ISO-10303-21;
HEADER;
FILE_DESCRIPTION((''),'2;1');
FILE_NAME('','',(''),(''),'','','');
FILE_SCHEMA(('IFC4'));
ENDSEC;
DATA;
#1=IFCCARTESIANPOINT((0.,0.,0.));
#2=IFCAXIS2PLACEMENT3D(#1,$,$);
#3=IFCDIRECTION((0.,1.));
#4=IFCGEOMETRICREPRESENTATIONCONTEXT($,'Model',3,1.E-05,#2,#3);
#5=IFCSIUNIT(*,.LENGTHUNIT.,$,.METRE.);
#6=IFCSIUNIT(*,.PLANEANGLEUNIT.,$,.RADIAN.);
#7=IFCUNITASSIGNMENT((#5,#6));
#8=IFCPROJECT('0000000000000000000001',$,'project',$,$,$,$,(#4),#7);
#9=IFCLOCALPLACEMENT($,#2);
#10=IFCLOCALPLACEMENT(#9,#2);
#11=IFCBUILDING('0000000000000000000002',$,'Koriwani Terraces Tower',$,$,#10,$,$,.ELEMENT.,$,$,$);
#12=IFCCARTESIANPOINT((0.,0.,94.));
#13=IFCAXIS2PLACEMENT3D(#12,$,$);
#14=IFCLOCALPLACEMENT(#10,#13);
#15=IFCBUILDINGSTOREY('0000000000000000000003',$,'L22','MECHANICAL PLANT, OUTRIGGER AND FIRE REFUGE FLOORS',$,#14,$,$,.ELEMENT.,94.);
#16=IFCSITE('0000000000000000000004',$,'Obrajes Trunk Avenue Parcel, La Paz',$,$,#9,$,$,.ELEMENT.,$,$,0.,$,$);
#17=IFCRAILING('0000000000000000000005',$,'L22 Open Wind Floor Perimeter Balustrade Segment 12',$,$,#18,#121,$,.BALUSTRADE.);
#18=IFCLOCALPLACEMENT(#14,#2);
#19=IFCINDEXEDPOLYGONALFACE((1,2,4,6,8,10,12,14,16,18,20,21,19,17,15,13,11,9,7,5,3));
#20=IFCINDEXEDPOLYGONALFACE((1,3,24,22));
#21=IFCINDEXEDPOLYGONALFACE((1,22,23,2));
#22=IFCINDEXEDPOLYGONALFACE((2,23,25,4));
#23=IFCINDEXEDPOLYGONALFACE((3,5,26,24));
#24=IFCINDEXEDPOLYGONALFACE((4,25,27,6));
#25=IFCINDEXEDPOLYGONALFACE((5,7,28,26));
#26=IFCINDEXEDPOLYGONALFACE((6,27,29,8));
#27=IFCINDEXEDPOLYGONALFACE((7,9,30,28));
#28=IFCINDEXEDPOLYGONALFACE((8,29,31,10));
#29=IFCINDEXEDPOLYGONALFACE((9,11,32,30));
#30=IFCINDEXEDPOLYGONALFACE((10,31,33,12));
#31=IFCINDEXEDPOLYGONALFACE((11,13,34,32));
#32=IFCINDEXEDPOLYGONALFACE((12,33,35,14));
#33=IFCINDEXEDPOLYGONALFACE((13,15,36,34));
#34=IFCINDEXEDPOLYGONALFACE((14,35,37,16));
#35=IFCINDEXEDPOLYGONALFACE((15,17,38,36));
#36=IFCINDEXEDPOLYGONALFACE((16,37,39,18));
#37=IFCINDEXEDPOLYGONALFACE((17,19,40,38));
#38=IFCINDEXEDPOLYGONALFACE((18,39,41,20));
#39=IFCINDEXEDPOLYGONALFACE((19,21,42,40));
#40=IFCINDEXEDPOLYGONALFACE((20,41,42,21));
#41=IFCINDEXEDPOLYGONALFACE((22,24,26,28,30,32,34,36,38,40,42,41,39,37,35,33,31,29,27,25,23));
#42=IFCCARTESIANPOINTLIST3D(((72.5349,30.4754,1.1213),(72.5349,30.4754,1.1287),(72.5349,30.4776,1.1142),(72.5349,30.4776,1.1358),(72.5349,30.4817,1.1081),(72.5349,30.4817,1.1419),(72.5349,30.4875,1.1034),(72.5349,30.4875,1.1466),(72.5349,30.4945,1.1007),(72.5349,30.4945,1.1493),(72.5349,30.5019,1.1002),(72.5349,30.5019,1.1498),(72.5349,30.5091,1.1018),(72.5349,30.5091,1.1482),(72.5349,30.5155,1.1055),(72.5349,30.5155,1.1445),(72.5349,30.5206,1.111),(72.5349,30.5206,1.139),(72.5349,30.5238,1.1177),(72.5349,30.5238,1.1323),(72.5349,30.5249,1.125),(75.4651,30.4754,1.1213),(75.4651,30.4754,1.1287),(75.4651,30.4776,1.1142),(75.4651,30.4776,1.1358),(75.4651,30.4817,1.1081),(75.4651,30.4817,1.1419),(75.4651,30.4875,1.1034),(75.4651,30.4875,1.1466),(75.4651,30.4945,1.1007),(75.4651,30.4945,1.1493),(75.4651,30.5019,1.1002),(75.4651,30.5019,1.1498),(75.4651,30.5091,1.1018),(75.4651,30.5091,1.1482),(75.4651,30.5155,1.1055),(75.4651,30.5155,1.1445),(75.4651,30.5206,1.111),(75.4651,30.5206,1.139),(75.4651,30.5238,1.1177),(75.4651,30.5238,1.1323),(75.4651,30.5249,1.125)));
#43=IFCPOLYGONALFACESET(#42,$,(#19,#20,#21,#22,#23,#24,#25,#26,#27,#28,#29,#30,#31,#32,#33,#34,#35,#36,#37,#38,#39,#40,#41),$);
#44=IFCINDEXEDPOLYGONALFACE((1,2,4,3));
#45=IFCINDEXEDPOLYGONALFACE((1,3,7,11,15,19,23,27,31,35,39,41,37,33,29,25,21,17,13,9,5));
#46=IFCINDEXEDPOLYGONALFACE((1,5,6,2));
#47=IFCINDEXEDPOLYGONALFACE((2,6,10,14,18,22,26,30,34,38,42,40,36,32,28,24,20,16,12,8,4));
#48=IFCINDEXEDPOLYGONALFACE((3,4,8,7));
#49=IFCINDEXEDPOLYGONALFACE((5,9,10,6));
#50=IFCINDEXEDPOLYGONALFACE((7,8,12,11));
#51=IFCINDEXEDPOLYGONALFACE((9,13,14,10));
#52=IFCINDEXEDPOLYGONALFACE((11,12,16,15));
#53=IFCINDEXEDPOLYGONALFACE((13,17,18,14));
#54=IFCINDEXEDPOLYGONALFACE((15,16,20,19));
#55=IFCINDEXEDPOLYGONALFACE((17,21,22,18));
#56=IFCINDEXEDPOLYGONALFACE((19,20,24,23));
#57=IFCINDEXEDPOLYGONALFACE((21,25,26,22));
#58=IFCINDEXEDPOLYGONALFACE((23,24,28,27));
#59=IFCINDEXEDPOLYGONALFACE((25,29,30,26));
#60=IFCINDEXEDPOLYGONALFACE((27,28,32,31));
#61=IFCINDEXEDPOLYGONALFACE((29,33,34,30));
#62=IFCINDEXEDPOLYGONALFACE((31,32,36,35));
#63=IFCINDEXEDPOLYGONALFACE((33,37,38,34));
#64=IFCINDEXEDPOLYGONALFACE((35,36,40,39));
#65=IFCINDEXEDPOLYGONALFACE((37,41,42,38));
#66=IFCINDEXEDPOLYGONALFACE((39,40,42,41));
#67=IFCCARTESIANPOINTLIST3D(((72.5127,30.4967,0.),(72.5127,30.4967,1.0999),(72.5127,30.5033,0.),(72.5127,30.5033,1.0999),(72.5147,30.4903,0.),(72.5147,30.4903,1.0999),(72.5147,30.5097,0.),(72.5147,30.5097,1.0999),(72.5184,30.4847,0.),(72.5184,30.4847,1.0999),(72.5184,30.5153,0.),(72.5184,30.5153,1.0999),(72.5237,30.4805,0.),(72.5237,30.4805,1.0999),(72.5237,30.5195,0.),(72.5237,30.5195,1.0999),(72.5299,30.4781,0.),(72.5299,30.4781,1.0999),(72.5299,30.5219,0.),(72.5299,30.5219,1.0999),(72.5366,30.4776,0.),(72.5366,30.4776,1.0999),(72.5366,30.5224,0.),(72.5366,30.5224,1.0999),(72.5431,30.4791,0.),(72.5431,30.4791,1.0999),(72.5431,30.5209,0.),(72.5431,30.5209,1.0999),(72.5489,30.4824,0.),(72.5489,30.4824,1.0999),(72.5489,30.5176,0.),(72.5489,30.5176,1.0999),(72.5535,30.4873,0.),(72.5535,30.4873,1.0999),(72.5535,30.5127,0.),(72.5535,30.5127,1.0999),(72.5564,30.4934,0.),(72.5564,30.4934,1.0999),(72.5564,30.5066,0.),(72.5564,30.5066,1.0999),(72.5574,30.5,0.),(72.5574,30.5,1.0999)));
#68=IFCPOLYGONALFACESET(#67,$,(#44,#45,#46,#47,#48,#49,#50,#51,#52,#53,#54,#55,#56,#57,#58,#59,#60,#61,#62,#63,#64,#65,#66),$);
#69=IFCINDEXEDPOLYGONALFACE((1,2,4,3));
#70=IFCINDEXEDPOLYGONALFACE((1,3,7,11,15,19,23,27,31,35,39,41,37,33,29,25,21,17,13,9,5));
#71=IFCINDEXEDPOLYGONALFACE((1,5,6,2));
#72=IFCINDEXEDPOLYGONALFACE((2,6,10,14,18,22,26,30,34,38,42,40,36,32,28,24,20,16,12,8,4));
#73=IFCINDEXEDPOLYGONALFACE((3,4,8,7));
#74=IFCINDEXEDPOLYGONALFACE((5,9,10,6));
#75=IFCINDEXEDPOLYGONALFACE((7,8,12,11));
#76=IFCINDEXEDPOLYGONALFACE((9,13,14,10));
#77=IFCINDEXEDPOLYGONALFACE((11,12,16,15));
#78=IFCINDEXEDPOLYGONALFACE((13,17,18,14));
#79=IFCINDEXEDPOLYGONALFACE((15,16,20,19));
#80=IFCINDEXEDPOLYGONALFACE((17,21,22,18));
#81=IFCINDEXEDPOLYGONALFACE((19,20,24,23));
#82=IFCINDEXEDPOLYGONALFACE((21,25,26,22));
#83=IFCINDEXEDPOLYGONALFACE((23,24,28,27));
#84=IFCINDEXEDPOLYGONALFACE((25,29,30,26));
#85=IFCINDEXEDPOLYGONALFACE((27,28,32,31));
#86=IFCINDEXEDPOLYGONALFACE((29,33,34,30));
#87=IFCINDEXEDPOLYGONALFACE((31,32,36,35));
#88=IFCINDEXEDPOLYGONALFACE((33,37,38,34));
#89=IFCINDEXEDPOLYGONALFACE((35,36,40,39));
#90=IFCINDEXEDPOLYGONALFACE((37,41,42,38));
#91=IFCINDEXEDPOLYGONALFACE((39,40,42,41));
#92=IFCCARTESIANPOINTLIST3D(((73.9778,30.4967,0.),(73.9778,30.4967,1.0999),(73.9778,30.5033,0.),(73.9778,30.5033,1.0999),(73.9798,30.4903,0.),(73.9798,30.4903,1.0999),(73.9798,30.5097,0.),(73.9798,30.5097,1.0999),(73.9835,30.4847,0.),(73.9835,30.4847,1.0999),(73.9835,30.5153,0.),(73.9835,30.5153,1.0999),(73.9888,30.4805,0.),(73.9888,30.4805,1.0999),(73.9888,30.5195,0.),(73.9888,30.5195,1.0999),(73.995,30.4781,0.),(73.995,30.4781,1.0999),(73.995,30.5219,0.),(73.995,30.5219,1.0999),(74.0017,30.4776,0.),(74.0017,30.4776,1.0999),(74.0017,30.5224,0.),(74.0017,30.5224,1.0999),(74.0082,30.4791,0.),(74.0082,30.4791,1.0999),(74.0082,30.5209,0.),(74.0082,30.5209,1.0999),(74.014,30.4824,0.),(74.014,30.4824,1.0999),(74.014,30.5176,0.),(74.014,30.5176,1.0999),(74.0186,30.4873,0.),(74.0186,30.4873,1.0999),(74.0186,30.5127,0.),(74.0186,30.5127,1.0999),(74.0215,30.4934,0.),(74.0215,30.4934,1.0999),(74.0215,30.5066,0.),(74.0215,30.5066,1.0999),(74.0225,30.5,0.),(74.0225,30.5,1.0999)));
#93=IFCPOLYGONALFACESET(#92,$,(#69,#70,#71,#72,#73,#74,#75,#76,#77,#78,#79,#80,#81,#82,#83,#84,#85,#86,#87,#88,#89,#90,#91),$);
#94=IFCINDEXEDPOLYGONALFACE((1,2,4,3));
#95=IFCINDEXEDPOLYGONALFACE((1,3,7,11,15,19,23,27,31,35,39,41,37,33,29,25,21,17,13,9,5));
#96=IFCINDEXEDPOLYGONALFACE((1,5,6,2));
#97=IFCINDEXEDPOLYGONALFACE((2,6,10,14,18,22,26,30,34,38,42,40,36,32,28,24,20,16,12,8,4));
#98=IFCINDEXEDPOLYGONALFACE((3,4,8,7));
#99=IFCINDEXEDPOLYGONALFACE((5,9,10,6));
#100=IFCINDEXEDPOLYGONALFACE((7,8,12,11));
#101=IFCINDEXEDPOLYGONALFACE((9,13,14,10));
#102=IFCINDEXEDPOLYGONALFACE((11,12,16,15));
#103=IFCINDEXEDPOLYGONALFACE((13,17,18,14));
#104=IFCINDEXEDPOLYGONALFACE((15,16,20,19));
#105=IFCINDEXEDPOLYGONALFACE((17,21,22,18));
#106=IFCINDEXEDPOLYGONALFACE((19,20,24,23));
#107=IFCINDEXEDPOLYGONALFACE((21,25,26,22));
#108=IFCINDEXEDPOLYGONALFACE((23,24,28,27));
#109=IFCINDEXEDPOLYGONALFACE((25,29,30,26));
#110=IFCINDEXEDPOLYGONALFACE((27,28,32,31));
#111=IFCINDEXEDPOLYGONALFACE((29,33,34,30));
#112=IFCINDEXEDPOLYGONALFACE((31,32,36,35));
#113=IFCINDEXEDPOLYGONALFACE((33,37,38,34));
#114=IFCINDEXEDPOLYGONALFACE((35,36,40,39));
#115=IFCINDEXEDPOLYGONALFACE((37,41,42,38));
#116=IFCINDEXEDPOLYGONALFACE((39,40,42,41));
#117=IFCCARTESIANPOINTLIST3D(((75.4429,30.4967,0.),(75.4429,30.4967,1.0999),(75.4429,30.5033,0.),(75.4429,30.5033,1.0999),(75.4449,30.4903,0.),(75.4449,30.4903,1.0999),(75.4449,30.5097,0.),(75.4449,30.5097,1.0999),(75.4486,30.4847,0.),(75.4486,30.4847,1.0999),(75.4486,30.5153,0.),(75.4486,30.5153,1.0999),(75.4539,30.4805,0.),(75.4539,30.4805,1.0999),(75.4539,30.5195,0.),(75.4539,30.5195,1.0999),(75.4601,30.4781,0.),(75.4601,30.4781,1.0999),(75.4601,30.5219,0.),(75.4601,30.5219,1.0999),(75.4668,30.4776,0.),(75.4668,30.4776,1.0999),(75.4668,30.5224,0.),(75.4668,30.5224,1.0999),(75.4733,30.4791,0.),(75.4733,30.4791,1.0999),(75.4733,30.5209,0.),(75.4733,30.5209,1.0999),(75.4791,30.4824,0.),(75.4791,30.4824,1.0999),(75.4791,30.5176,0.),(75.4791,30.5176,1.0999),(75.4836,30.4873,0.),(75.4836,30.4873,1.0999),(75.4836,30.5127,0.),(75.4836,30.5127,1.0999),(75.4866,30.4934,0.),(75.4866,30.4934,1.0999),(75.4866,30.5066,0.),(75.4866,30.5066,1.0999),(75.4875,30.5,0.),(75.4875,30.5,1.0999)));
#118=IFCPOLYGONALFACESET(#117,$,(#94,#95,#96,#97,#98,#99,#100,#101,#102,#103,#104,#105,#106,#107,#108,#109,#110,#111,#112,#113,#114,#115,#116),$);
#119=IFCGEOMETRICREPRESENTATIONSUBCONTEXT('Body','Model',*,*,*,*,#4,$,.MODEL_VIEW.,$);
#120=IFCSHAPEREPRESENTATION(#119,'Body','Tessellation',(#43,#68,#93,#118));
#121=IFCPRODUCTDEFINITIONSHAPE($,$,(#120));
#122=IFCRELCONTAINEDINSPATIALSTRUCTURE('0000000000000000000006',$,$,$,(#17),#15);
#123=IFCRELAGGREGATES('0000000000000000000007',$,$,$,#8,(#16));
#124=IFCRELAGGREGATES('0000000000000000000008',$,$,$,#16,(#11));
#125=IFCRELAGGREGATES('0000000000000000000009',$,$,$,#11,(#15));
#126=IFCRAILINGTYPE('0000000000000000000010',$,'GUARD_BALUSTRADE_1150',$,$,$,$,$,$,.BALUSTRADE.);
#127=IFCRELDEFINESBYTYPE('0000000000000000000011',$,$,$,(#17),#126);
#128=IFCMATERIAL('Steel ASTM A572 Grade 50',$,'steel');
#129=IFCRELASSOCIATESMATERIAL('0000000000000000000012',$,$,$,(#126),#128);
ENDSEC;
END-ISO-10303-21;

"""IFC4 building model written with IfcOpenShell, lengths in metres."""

from ifc_helpers import new_model, si_unit, direction, frame, origin, origin_2d, place, context, subcontext, project, spatial, circle, extrude, material, type_object, element, save


model = new_model("IFC4")

# Units and contexts
model_context = context("Model", 3, precision=1e-05, world=origin(), true_north=direction((0.0, 1.0)))
body_context = subcontext(model_context, "Body", "Model", "MODEL_VIEW")
ifc_project = project(units=[si_unit("LENGTHUNIT", "METRE"), si_unit("PLANEANGLEUNIT", "RADIAN")], contexts=[model_context])

# Site, building, storey
site_placement = place(None, origin())
site = spatial("IfcSite", under=ifc_project, at=site_placement, Name="Obrajes Trunk Avenue Parcel, La Paz", CompositionType="ELEMENT", RefElevation=0.0)
building_placement = place(site_placement, origin())
building = spatial("IfcBuilding", under=site, at=building_placement, Name="Koriwani Terraces Tower", CompositionType="ELEMENT")
storey_placement = place(building_placement, frame((0.0, 0.0, 94.0)))
storey = spatial("IfcBuildingStorey", under=building, at=storey_placement, Name="L22", Description="MECHANICAL PLANT, OUTRIGGER AND FIRE REFUGE FLOORS", CompositionType="ELEMENT", Elevation=94.0)

# Shared definitions
ifc_material_1 = material(Name="Steel ASTM A572 Grade 50", Category="steel")

# Railing
railing_type = type_object("IfcRailingType", Name="GUARD_BALUSTRADE_1150", PredefinedType="BALUSTRADE", material=ifc_material_1)
railing_1_placement = place(storey_placement, frame((72.5349, 30.5, 0.0)))
element("IfcRailing", 1, at=railing_1_placement, inside=storey, type_object=railing_type, Name="L22 Open Wind Floor Perimeter Balustrade Segment 12", PredefinedType="BALUSTRADE", context=body_context, shape_type="SweptSolid", body=[
    extrude(circle(Radius=0.0249, at=origin_2d()), frame((0.0, 0.0, 1.125), z_axis=(1.0, 0.0, 0.0), x_axis=(0.0, 1.0, 0.0)), (0.0, 0.0, 1.0), 2.9302),
    extrude(circle(Radius=0.0225, at=origin_2d()), origin(), (0.0, 0.0, 1.0), 1.0999),
    extrude(circle(Radius=0.0225, at=origin_2d()), frame((1.4651, 0.0, 0.0)), (0.0, 0.0, 1.0), 1.0999),
    extrude(circle(Radius=0.0225, at=origin_2d()), frame((2.9302, 0.0, 0.0)), (0.0, 0.0, 1.0), 1.0999),
])

save(model, "model.ifc")
